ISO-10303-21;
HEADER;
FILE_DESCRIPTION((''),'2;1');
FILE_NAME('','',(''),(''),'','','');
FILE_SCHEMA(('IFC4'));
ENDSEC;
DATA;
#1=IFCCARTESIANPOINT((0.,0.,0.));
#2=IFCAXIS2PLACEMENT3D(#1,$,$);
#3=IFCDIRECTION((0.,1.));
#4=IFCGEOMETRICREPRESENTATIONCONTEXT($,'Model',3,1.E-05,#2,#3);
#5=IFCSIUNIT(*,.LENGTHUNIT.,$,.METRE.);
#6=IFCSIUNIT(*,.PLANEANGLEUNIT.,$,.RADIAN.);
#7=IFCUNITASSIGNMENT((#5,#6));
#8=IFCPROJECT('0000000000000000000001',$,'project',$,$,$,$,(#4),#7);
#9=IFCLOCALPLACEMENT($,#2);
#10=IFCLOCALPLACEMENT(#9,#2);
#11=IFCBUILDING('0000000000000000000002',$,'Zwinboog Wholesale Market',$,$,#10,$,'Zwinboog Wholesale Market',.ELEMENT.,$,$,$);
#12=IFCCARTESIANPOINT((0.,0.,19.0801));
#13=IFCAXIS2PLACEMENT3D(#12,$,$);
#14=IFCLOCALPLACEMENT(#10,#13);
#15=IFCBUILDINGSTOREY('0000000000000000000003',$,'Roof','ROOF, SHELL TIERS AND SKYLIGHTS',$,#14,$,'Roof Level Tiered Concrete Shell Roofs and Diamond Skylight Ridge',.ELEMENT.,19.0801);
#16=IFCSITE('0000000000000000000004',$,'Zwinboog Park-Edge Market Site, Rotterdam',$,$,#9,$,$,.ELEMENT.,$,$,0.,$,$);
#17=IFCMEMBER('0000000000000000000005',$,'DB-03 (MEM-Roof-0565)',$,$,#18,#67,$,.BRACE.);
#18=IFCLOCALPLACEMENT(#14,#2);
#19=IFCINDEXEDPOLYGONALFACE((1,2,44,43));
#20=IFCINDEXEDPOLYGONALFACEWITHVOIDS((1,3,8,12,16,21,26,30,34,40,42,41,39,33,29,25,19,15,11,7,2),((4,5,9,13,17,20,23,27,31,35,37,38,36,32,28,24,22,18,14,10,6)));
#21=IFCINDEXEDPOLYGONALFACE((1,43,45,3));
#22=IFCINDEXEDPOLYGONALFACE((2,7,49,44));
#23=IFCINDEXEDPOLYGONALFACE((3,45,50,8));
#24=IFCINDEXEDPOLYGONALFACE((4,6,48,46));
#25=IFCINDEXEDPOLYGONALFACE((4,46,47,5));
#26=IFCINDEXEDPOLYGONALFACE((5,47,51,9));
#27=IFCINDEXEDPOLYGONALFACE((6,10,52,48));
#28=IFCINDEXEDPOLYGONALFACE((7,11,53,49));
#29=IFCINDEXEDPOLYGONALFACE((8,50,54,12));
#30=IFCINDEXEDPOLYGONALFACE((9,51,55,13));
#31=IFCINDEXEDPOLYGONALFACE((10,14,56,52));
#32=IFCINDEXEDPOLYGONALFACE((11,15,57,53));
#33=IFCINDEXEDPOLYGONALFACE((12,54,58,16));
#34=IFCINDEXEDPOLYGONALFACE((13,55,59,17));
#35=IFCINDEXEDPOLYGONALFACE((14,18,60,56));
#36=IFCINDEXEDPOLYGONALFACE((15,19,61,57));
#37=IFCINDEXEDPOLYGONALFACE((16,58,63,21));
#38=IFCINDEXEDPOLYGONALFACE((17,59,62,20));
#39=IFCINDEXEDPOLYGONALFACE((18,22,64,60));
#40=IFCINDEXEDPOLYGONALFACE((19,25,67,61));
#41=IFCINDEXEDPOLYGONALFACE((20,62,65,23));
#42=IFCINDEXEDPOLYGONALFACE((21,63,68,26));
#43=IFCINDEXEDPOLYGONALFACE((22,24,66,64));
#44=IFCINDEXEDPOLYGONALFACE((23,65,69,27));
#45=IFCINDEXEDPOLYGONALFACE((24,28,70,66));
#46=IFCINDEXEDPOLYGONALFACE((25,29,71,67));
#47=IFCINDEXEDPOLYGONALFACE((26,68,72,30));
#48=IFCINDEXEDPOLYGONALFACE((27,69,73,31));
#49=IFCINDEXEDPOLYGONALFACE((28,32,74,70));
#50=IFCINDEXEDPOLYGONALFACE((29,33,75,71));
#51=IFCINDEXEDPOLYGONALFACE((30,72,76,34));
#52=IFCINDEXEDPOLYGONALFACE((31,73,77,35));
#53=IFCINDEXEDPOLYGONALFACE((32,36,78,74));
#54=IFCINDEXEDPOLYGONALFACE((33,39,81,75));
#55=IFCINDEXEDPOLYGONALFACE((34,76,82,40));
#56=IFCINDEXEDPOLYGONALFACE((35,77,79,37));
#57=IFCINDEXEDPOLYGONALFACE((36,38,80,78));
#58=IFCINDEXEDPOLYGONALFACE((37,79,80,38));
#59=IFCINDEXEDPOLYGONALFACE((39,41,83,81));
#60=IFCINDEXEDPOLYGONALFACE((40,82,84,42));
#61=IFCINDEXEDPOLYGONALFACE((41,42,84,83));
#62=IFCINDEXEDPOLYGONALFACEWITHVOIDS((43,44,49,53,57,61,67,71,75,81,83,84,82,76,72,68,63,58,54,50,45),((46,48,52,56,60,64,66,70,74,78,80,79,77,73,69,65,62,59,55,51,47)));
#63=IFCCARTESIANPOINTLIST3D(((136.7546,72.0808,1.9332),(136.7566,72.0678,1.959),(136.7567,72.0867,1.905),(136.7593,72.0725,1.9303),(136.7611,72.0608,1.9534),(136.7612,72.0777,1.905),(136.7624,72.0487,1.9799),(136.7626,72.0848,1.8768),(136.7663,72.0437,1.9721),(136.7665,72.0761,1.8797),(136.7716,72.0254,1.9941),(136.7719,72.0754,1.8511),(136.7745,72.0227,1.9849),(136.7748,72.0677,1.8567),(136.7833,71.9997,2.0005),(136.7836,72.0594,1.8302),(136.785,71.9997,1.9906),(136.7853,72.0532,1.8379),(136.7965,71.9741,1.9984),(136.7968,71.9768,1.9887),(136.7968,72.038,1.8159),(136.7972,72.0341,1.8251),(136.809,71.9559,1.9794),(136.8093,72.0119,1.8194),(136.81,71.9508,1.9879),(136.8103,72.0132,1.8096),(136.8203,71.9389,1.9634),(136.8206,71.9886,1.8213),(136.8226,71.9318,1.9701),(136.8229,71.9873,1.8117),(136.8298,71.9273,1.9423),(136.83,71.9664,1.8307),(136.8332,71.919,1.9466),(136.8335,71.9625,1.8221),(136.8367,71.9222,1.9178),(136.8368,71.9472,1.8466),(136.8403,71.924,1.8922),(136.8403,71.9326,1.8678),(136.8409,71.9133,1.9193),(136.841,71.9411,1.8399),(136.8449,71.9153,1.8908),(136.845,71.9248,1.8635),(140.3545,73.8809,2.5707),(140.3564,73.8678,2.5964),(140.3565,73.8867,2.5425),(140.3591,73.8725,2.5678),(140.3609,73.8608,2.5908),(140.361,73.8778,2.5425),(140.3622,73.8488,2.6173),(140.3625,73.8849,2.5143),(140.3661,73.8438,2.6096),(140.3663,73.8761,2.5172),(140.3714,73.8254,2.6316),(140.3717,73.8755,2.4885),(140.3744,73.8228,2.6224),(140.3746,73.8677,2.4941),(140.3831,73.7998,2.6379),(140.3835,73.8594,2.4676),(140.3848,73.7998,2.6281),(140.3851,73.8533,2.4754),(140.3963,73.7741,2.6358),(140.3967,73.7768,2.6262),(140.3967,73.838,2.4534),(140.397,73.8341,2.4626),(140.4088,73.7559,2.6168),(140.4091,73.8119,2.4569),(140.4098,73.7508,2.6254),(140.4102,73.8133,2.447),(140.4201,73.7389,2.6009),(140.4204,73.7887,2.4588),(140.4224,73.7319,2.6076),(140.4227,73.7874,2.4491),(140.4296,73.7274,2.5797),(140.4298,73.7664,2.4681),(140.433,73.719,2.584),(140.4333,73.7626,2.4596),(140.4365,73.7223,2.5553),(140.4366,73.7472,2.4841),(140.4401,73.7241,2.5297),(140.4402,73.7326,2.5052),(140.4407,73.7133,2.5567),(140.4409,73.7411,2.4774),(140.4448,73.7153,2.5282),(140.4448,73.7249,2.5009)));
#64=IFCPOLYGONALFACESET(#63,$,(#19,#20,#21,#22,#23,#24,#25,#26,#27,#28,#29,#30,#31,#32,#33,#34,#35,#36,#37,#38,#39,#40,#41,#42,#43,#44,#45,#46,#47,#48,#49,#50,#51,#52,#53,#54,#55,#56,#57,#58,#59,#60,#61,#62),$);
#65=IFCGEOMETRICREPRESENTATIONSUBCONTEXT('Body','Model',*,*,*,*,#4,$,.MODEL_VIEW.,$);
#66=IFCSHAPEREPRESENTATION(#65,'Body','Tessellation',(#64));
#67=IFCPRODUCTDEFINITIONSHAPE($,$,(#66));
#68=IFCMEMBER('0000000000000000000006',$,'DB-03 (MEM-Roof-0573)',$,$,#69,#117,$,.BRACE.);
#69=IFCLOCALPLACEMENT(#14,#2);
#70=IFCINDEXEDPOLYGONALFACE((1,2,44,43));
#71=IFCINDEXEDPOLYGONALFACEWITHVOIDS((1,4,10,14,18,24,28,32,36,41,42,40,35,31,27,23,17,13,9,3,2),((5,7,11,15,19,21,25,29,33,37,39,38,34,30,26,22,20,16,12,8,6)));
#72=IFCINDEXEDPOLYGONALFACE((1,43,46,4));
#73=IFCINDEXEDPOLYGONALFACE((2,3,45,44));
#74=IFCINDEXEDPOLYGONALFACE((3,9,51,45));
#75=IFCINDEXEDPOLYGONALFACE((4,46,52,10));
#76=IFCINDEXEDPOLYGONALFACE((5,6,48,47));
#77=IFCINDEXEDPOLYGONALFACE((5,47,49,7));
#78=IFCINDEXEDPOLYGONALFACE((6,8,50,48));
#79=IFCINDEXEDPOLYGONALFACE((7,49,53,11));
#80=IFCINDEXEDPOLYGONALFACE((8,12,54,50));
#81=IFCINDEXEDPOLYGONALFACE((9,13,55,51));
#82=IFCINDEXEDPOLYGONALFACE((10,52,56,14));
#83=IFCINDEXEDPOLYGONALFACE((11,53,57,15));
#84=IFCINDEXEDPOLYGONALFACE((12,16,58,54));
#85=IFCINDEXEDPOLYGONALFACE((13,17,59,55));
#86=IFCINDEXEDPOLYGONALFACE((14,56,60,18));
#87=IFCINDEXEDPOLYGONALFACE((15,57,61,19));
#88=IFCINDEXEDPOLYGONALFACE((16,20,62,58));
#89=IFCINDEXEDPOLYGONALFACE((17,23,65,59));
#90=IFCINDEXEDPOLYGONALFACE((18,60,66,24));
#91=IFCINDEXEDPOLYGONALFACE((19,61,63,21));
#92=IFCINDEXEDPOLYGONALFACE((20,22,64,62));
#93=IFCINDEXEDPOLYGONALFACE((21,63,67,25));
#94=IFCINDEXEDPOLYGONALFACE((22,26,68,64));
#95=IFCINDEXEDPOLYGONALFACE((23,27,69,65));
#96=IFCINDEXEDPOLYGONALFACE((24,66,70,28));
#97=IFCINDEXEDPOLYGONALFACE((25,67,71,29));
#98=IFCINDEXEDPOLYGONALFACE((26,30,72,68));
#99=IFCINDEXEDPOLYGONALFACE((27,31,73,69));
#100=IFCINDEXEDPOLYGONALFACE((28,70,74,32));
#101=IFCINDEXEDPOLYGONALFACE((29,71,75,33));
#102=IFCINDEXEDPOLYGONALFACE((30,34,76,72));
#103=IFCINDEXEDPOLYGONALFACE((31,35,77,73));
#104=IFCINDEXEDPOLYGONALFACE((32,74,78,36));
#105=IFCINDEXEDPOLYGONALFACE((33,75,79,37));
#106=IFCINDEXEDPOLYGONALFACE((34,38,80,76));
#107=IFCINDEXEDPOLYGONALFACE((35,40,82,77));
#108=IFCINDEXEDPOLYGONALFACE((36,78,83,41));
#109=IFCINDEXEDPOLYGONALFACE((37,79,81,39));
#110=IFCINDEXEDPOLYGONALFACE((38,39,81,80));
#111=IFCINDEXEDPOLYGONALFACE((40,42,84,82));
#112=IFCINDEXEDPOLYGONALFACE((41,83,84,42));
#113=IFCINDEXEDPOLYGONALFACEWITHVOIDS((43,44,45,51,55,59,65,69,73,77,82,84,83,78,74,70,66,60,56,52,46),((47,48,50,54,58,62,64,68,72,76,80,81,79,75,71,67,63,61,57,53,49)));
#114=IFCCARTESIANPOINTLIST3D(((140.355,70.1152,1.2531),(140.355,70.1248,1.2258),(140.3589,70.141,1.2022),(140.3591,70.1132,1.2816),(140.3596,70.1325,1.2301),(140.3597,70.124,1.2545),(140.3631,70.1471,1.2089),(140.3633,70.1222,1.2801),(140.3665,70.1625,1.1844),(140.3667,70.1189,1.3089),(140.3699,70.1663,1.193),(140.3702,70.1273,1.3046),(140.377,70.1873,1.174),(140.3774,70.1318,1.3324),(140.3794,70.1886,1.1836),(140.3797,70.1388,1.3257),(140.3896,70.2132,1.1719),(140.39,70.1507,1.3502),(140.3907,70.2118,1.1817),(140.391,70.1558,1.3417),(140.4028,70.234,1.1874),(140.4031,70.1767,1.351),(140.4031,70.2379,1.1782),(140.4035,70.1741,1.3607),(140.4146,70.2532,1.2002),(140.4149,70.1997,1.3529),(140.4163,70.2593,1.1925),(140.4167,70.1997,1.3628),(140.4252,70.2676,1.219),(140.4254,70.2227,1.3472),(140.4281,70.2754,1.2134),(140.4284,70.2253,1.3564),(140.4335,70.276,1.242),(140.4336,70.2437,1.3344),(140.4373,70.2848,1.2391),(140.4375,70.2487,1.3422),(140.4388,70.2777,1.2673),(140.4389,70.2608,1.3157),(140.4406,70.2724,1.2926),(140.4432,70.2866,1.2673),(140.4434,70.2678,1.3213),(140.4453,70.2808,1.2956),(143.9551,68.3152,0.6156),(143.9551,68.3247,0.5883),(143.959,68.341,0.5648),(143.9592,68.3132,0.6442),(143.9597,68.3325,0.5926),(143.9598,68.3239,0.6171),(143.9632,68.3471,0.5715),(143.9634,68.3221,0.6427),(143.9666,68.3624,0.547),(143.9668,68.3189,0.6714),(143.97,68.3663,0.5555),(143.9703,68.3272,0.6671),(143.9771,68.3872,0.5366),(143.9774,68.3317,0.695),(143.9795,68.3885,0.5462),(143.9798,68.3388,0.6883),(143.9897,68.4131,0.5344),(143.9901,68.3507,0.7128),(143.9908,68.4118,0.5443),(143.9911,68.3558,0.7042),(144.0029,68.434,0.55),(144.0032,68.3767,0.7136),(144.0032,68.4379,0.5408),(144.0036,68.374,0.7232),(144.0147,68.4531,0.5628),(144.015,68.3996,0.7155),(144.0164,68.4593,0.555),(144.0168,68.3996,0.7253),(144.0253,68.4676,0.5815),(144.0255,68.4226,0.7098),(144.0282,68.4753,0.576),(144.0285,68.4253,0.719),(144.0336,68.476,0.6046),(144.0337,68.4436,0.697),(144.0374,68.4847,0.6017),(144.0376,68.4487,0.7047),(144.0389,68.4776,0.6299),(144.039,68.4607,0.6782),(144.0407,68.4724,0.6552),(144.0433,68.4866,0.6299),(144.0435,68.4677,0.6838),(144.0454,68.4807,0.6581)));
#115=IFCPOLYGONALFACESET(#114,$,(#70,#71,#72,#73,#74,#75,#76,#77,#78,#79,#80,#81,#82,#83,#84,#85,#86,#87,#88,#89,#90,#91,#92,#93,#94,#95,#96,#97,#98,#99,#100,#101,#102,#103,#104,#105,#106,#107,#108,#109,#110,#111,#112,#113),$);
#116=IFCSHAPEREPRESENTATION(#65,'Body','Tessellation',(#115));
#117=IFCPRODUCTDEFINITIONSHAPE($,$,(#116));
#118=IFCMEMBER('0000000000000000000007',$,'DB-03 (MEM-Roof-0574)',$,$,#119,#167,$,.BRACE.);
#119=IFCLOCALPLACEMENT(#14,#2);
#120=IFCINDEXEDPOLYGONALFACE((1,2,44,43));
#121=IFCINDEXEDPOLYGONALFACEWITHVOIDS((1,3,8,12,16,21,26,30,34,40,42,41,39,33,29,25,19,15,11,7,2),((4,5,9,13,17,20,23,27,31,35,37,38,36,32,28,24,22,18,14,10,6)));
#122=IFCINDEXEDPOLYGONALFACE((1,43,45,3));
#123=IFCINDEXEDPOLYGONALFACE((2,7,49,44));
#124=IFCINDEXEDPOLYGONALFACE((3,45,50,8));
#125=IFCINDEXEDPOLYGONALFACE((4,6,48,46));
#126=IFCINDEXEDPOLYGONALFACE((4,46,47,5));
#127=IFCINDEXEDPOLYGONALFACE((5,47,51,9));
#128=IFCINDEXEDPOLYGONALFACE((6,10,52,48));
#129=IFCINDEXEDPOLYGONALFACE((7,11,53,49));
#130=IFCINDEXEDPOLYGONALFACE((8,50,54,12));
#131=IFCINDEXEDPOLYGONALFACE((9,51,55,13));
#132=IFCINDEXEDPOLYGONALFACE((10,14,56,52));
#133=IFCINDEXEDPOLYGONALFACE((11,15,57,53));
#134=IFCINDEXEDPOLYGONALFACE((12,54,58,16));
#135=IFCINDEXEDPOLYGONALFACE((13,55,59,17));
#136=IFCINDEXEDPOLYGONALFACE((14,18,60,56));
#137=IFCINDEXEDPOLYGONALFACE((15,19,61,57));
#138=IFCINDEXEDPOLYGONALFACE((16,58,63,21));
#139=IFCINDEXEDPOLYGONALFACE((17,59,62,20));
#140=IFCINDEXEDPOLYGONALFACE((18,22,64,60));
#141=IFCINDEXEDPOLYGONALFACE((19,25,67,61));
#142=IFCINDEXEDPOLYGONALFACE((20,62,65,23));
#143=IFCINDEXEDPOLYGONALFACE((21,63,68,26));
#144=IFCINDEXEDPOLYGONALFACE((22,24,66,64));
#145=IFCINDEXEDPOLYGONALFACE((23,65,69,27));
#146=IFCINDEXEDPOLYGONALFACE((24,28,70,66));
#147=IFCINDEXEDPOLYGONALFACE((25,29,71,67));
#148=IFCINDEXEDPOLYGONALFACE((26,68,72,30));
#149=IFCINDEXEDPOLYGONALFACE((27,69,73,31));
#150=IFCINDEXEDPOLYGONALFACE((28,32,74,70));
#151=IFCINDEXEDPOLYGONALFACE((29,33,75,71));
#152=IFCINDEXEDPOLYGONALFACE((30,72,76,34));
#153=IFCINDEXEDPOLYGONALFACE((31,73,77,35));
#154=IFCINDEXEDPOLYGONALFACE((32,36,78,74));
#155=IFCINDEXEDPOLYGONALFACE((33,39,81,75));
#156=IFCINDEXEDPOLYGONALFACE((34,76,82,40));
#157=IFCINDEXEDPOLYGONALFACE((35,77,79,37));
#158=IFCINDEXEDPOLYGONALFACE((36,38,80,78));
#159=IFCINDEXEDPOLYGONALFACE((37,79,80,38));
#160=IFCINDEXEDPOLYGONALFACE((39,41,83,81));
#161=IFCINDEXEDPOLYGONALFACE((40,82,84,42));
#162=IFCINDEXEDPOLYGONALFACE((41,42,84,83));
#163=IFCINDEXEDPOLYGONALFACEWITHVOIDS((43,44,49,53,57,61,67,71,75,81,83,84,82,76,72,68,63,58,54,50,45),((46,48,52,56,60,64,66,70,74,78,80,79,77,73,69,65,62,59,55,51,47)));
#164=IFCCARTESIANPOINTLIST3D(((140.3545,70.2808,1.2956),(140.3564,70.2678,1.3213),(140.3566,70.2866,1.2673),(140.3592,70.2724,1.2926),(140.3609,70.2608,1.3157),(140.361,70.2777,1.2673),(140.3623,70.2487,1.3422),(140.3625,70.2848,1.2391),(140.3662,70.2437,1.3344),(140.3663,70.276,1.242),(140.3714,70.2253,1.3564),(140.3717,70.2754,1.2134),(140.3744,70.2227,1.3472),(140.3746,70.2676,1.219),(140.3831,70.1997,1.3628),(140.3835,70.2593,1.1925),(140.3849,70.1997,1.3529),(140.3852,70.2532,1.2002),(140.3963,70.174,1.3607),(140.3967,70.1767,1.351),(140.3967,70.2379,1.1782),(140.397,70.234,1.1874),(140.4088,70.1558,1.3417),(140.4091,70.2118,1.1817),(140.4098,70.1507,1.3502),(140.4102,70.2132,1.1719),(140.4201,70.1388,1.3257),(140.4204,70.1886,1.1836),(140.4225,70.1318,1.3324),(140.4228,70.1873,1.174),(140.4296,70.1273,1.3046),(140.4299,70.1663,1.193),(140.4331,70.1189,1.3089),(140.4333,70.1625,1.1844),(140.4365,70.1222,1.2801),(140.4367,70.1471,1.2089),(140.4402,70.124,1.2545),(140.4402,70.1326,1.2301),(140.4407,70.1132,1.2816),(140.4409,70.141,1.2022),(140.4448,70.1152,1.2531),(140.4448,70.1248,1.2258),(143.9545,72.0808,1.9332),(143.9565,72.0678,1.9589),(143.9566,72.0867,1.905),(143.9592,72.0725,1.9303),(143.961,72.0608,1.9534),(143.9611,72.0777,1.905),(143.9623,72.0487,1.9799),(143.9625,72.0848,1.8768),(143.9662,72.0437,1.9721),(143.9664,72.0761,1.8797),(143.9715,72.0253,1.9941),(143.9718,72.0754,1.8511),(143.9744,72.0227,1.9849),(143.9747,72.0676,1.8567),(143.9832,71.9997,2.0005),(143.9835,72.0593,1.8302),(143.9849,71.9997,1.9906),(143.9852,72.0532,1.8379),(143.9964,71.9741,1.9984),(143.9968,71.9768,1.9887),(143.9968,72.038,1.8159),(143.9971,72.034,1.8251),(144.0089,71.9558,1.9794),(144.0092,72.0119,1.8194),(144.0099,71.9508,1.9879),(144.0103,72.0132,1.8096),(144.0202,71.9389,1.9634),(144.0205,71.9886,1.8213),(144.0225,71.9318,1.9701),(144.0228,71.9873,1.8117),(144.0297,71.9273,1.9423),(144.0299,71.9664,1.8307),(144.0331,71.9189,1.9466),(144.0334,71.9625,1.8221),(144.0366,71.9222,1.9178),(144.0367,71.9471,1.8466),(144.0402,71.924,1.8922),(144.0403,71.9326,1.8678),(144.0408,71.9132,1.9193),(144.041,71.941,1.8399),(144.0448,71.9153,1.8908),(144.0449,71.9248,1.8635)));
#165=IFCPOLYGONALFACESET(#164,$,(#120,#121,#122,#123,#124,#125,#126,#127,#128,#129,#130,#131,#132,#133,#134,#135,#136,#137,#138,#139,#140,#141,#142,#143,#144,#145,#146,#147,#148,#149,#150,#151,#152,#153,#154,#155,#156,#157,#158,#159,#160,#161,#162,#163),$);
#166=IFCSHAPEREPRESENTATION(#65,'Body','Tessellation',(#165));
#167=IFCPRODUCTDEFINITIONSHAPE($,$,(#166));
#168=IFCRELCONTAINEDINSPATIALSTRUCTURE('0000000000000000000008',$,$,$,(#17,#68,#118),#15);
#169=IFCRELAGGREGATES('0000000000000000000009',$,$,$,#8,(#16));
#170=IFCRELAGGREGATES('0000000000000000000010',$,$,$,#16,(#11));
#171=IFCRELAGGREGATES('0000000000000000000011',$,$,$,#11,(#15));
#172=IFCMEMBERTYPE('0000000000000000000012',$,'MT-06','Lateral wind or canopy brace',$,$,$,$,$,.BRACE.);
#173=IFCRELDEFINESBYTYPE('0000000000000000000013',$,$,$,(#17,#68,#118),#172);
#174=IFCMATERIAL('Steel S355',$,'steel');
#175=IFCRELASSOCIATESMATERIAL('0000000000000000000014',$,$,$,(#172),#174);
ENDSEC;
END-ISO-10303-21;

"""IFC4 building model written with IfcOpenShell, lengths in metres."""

from ifc_helpers import new_model, si_unit, direction, frame, origin, origin_2d, place, context, subcontext, project, spatial, hollow_circle, extrude, material, material_profile, profile_set, type_object, element, save


model = new_model("IFC4")

# Units and contexts
model_context = context("Model", 3, precision=1e-05, world=origin(), true_north=direction((0.0, 1.0)))
body_context = subcontext(model_context, "Body", "Model", "MODEL_VIEW")
ifc_project = project(units=[si_unit("LENGTHUNIT", "METRE"), si_unit("PLANEANGLEUNIT", "RADIAN")], contexts=[model_context])

# Site, building, storey
site_placement = place(None, origin())
site = spatial("IfcSite", under=ifc_project, at=site_placement, Name="Zwinboog Park-Edge Market Site, Rotterdam", CompositionType="ELEMENT", RefElevation=0.0)
building_placement = place(site_placement, origin())
building = spatial("IfcBuilding", under=site, at=building_placement, Name="Zwinboog Wholesale Market", LongName="Zwinboog Wholesale Market", CompositionType="ELEMENT")
storey_placement = place(building_placement, frame((0.0, 0.0, 19.0801)))
storey = spatial("IfcBuildingStorey", under=building, at=storey_placement, Name="Roof", Description="ROOF, SHELL TIERS AND SKYLIGHTS", LongName="Roof Level Tiered Concrete Shell Roofs and Diamond Skylight Ridge", CompositionType="ELEMENT", Elevation=19.0801)

# Members
ifc_material_1 = material(Name="Steel S355", Category="steel")
ifc_material_profile_1 = material_profile(ifc_material_1, hollow_circle(Radius=0.0969, WallThickness=0.01, at=origin_2d()), Name="CHS 193.7x10")
ifc_profile_set_1 = profile_set([ifc_material_profile_1], Name="Steel S355")
member_type_1 = type_object("IfcMemberType", Name="MT-06", Description="Lateral wind or canopy brace", PredefinedType="BRACE", material=ifc_profile_set_1)
for number, where, z_axis, x_axis, name in (
    (1, (136.8, 72.0, 1.905), (0.883404, 0.441732, 0.15643), (-0.447238, 0.894415, 0.0), "DB-03 (MEM-Roof-0565)"),
):
    element("IfcMember", number, at=place(storey_placement, frame(where, z_axis=z_axis, x_axis=x_axis)), inside=storey, type_object=member_type_1, Name=name, PredefinedType="BRACE", context=body_context, shape_type="SweptSolid", body=[
        extrude(hollow_circle(Radius=0.0969, WallThickness=0.01, at=origin_2d()), origin(), (0.0, 0.0, 1.0), 4.075),
    ])
for number, where, z_axis, x_axis, name in (
    (2, (140.3999, 70.2, 1.2673), (0.883417, -0.441709, -0.156422), (0.447214, 0.894427, 0.0), "DB-03 (MEM-Roof-0573)"),
    (3, (140.3999, 70.2, 1.2673), (0.883409, 0.441704, 0.156481), (-0.447214, 0.894427, 0.0), "DB-03 (MEM-Roof-0574)"),
):
    element("IfcMember", number, at=place(storey_placement, frame(where, z_axis=z_axis, x_axis=x_axis)), inside=storey, type_object=member_type_1, Name=name, PredefinedType="BRACE", context=body_context, shape_type="SweptSolid", body=[
        extrude(hollow_circle(Radius=0.0969, WallThickness=0.01, at=origin_2d()), origin(), (0.0, 0.0, 1.0), 4.0752),
    ])

save(model, "model.ifc")
